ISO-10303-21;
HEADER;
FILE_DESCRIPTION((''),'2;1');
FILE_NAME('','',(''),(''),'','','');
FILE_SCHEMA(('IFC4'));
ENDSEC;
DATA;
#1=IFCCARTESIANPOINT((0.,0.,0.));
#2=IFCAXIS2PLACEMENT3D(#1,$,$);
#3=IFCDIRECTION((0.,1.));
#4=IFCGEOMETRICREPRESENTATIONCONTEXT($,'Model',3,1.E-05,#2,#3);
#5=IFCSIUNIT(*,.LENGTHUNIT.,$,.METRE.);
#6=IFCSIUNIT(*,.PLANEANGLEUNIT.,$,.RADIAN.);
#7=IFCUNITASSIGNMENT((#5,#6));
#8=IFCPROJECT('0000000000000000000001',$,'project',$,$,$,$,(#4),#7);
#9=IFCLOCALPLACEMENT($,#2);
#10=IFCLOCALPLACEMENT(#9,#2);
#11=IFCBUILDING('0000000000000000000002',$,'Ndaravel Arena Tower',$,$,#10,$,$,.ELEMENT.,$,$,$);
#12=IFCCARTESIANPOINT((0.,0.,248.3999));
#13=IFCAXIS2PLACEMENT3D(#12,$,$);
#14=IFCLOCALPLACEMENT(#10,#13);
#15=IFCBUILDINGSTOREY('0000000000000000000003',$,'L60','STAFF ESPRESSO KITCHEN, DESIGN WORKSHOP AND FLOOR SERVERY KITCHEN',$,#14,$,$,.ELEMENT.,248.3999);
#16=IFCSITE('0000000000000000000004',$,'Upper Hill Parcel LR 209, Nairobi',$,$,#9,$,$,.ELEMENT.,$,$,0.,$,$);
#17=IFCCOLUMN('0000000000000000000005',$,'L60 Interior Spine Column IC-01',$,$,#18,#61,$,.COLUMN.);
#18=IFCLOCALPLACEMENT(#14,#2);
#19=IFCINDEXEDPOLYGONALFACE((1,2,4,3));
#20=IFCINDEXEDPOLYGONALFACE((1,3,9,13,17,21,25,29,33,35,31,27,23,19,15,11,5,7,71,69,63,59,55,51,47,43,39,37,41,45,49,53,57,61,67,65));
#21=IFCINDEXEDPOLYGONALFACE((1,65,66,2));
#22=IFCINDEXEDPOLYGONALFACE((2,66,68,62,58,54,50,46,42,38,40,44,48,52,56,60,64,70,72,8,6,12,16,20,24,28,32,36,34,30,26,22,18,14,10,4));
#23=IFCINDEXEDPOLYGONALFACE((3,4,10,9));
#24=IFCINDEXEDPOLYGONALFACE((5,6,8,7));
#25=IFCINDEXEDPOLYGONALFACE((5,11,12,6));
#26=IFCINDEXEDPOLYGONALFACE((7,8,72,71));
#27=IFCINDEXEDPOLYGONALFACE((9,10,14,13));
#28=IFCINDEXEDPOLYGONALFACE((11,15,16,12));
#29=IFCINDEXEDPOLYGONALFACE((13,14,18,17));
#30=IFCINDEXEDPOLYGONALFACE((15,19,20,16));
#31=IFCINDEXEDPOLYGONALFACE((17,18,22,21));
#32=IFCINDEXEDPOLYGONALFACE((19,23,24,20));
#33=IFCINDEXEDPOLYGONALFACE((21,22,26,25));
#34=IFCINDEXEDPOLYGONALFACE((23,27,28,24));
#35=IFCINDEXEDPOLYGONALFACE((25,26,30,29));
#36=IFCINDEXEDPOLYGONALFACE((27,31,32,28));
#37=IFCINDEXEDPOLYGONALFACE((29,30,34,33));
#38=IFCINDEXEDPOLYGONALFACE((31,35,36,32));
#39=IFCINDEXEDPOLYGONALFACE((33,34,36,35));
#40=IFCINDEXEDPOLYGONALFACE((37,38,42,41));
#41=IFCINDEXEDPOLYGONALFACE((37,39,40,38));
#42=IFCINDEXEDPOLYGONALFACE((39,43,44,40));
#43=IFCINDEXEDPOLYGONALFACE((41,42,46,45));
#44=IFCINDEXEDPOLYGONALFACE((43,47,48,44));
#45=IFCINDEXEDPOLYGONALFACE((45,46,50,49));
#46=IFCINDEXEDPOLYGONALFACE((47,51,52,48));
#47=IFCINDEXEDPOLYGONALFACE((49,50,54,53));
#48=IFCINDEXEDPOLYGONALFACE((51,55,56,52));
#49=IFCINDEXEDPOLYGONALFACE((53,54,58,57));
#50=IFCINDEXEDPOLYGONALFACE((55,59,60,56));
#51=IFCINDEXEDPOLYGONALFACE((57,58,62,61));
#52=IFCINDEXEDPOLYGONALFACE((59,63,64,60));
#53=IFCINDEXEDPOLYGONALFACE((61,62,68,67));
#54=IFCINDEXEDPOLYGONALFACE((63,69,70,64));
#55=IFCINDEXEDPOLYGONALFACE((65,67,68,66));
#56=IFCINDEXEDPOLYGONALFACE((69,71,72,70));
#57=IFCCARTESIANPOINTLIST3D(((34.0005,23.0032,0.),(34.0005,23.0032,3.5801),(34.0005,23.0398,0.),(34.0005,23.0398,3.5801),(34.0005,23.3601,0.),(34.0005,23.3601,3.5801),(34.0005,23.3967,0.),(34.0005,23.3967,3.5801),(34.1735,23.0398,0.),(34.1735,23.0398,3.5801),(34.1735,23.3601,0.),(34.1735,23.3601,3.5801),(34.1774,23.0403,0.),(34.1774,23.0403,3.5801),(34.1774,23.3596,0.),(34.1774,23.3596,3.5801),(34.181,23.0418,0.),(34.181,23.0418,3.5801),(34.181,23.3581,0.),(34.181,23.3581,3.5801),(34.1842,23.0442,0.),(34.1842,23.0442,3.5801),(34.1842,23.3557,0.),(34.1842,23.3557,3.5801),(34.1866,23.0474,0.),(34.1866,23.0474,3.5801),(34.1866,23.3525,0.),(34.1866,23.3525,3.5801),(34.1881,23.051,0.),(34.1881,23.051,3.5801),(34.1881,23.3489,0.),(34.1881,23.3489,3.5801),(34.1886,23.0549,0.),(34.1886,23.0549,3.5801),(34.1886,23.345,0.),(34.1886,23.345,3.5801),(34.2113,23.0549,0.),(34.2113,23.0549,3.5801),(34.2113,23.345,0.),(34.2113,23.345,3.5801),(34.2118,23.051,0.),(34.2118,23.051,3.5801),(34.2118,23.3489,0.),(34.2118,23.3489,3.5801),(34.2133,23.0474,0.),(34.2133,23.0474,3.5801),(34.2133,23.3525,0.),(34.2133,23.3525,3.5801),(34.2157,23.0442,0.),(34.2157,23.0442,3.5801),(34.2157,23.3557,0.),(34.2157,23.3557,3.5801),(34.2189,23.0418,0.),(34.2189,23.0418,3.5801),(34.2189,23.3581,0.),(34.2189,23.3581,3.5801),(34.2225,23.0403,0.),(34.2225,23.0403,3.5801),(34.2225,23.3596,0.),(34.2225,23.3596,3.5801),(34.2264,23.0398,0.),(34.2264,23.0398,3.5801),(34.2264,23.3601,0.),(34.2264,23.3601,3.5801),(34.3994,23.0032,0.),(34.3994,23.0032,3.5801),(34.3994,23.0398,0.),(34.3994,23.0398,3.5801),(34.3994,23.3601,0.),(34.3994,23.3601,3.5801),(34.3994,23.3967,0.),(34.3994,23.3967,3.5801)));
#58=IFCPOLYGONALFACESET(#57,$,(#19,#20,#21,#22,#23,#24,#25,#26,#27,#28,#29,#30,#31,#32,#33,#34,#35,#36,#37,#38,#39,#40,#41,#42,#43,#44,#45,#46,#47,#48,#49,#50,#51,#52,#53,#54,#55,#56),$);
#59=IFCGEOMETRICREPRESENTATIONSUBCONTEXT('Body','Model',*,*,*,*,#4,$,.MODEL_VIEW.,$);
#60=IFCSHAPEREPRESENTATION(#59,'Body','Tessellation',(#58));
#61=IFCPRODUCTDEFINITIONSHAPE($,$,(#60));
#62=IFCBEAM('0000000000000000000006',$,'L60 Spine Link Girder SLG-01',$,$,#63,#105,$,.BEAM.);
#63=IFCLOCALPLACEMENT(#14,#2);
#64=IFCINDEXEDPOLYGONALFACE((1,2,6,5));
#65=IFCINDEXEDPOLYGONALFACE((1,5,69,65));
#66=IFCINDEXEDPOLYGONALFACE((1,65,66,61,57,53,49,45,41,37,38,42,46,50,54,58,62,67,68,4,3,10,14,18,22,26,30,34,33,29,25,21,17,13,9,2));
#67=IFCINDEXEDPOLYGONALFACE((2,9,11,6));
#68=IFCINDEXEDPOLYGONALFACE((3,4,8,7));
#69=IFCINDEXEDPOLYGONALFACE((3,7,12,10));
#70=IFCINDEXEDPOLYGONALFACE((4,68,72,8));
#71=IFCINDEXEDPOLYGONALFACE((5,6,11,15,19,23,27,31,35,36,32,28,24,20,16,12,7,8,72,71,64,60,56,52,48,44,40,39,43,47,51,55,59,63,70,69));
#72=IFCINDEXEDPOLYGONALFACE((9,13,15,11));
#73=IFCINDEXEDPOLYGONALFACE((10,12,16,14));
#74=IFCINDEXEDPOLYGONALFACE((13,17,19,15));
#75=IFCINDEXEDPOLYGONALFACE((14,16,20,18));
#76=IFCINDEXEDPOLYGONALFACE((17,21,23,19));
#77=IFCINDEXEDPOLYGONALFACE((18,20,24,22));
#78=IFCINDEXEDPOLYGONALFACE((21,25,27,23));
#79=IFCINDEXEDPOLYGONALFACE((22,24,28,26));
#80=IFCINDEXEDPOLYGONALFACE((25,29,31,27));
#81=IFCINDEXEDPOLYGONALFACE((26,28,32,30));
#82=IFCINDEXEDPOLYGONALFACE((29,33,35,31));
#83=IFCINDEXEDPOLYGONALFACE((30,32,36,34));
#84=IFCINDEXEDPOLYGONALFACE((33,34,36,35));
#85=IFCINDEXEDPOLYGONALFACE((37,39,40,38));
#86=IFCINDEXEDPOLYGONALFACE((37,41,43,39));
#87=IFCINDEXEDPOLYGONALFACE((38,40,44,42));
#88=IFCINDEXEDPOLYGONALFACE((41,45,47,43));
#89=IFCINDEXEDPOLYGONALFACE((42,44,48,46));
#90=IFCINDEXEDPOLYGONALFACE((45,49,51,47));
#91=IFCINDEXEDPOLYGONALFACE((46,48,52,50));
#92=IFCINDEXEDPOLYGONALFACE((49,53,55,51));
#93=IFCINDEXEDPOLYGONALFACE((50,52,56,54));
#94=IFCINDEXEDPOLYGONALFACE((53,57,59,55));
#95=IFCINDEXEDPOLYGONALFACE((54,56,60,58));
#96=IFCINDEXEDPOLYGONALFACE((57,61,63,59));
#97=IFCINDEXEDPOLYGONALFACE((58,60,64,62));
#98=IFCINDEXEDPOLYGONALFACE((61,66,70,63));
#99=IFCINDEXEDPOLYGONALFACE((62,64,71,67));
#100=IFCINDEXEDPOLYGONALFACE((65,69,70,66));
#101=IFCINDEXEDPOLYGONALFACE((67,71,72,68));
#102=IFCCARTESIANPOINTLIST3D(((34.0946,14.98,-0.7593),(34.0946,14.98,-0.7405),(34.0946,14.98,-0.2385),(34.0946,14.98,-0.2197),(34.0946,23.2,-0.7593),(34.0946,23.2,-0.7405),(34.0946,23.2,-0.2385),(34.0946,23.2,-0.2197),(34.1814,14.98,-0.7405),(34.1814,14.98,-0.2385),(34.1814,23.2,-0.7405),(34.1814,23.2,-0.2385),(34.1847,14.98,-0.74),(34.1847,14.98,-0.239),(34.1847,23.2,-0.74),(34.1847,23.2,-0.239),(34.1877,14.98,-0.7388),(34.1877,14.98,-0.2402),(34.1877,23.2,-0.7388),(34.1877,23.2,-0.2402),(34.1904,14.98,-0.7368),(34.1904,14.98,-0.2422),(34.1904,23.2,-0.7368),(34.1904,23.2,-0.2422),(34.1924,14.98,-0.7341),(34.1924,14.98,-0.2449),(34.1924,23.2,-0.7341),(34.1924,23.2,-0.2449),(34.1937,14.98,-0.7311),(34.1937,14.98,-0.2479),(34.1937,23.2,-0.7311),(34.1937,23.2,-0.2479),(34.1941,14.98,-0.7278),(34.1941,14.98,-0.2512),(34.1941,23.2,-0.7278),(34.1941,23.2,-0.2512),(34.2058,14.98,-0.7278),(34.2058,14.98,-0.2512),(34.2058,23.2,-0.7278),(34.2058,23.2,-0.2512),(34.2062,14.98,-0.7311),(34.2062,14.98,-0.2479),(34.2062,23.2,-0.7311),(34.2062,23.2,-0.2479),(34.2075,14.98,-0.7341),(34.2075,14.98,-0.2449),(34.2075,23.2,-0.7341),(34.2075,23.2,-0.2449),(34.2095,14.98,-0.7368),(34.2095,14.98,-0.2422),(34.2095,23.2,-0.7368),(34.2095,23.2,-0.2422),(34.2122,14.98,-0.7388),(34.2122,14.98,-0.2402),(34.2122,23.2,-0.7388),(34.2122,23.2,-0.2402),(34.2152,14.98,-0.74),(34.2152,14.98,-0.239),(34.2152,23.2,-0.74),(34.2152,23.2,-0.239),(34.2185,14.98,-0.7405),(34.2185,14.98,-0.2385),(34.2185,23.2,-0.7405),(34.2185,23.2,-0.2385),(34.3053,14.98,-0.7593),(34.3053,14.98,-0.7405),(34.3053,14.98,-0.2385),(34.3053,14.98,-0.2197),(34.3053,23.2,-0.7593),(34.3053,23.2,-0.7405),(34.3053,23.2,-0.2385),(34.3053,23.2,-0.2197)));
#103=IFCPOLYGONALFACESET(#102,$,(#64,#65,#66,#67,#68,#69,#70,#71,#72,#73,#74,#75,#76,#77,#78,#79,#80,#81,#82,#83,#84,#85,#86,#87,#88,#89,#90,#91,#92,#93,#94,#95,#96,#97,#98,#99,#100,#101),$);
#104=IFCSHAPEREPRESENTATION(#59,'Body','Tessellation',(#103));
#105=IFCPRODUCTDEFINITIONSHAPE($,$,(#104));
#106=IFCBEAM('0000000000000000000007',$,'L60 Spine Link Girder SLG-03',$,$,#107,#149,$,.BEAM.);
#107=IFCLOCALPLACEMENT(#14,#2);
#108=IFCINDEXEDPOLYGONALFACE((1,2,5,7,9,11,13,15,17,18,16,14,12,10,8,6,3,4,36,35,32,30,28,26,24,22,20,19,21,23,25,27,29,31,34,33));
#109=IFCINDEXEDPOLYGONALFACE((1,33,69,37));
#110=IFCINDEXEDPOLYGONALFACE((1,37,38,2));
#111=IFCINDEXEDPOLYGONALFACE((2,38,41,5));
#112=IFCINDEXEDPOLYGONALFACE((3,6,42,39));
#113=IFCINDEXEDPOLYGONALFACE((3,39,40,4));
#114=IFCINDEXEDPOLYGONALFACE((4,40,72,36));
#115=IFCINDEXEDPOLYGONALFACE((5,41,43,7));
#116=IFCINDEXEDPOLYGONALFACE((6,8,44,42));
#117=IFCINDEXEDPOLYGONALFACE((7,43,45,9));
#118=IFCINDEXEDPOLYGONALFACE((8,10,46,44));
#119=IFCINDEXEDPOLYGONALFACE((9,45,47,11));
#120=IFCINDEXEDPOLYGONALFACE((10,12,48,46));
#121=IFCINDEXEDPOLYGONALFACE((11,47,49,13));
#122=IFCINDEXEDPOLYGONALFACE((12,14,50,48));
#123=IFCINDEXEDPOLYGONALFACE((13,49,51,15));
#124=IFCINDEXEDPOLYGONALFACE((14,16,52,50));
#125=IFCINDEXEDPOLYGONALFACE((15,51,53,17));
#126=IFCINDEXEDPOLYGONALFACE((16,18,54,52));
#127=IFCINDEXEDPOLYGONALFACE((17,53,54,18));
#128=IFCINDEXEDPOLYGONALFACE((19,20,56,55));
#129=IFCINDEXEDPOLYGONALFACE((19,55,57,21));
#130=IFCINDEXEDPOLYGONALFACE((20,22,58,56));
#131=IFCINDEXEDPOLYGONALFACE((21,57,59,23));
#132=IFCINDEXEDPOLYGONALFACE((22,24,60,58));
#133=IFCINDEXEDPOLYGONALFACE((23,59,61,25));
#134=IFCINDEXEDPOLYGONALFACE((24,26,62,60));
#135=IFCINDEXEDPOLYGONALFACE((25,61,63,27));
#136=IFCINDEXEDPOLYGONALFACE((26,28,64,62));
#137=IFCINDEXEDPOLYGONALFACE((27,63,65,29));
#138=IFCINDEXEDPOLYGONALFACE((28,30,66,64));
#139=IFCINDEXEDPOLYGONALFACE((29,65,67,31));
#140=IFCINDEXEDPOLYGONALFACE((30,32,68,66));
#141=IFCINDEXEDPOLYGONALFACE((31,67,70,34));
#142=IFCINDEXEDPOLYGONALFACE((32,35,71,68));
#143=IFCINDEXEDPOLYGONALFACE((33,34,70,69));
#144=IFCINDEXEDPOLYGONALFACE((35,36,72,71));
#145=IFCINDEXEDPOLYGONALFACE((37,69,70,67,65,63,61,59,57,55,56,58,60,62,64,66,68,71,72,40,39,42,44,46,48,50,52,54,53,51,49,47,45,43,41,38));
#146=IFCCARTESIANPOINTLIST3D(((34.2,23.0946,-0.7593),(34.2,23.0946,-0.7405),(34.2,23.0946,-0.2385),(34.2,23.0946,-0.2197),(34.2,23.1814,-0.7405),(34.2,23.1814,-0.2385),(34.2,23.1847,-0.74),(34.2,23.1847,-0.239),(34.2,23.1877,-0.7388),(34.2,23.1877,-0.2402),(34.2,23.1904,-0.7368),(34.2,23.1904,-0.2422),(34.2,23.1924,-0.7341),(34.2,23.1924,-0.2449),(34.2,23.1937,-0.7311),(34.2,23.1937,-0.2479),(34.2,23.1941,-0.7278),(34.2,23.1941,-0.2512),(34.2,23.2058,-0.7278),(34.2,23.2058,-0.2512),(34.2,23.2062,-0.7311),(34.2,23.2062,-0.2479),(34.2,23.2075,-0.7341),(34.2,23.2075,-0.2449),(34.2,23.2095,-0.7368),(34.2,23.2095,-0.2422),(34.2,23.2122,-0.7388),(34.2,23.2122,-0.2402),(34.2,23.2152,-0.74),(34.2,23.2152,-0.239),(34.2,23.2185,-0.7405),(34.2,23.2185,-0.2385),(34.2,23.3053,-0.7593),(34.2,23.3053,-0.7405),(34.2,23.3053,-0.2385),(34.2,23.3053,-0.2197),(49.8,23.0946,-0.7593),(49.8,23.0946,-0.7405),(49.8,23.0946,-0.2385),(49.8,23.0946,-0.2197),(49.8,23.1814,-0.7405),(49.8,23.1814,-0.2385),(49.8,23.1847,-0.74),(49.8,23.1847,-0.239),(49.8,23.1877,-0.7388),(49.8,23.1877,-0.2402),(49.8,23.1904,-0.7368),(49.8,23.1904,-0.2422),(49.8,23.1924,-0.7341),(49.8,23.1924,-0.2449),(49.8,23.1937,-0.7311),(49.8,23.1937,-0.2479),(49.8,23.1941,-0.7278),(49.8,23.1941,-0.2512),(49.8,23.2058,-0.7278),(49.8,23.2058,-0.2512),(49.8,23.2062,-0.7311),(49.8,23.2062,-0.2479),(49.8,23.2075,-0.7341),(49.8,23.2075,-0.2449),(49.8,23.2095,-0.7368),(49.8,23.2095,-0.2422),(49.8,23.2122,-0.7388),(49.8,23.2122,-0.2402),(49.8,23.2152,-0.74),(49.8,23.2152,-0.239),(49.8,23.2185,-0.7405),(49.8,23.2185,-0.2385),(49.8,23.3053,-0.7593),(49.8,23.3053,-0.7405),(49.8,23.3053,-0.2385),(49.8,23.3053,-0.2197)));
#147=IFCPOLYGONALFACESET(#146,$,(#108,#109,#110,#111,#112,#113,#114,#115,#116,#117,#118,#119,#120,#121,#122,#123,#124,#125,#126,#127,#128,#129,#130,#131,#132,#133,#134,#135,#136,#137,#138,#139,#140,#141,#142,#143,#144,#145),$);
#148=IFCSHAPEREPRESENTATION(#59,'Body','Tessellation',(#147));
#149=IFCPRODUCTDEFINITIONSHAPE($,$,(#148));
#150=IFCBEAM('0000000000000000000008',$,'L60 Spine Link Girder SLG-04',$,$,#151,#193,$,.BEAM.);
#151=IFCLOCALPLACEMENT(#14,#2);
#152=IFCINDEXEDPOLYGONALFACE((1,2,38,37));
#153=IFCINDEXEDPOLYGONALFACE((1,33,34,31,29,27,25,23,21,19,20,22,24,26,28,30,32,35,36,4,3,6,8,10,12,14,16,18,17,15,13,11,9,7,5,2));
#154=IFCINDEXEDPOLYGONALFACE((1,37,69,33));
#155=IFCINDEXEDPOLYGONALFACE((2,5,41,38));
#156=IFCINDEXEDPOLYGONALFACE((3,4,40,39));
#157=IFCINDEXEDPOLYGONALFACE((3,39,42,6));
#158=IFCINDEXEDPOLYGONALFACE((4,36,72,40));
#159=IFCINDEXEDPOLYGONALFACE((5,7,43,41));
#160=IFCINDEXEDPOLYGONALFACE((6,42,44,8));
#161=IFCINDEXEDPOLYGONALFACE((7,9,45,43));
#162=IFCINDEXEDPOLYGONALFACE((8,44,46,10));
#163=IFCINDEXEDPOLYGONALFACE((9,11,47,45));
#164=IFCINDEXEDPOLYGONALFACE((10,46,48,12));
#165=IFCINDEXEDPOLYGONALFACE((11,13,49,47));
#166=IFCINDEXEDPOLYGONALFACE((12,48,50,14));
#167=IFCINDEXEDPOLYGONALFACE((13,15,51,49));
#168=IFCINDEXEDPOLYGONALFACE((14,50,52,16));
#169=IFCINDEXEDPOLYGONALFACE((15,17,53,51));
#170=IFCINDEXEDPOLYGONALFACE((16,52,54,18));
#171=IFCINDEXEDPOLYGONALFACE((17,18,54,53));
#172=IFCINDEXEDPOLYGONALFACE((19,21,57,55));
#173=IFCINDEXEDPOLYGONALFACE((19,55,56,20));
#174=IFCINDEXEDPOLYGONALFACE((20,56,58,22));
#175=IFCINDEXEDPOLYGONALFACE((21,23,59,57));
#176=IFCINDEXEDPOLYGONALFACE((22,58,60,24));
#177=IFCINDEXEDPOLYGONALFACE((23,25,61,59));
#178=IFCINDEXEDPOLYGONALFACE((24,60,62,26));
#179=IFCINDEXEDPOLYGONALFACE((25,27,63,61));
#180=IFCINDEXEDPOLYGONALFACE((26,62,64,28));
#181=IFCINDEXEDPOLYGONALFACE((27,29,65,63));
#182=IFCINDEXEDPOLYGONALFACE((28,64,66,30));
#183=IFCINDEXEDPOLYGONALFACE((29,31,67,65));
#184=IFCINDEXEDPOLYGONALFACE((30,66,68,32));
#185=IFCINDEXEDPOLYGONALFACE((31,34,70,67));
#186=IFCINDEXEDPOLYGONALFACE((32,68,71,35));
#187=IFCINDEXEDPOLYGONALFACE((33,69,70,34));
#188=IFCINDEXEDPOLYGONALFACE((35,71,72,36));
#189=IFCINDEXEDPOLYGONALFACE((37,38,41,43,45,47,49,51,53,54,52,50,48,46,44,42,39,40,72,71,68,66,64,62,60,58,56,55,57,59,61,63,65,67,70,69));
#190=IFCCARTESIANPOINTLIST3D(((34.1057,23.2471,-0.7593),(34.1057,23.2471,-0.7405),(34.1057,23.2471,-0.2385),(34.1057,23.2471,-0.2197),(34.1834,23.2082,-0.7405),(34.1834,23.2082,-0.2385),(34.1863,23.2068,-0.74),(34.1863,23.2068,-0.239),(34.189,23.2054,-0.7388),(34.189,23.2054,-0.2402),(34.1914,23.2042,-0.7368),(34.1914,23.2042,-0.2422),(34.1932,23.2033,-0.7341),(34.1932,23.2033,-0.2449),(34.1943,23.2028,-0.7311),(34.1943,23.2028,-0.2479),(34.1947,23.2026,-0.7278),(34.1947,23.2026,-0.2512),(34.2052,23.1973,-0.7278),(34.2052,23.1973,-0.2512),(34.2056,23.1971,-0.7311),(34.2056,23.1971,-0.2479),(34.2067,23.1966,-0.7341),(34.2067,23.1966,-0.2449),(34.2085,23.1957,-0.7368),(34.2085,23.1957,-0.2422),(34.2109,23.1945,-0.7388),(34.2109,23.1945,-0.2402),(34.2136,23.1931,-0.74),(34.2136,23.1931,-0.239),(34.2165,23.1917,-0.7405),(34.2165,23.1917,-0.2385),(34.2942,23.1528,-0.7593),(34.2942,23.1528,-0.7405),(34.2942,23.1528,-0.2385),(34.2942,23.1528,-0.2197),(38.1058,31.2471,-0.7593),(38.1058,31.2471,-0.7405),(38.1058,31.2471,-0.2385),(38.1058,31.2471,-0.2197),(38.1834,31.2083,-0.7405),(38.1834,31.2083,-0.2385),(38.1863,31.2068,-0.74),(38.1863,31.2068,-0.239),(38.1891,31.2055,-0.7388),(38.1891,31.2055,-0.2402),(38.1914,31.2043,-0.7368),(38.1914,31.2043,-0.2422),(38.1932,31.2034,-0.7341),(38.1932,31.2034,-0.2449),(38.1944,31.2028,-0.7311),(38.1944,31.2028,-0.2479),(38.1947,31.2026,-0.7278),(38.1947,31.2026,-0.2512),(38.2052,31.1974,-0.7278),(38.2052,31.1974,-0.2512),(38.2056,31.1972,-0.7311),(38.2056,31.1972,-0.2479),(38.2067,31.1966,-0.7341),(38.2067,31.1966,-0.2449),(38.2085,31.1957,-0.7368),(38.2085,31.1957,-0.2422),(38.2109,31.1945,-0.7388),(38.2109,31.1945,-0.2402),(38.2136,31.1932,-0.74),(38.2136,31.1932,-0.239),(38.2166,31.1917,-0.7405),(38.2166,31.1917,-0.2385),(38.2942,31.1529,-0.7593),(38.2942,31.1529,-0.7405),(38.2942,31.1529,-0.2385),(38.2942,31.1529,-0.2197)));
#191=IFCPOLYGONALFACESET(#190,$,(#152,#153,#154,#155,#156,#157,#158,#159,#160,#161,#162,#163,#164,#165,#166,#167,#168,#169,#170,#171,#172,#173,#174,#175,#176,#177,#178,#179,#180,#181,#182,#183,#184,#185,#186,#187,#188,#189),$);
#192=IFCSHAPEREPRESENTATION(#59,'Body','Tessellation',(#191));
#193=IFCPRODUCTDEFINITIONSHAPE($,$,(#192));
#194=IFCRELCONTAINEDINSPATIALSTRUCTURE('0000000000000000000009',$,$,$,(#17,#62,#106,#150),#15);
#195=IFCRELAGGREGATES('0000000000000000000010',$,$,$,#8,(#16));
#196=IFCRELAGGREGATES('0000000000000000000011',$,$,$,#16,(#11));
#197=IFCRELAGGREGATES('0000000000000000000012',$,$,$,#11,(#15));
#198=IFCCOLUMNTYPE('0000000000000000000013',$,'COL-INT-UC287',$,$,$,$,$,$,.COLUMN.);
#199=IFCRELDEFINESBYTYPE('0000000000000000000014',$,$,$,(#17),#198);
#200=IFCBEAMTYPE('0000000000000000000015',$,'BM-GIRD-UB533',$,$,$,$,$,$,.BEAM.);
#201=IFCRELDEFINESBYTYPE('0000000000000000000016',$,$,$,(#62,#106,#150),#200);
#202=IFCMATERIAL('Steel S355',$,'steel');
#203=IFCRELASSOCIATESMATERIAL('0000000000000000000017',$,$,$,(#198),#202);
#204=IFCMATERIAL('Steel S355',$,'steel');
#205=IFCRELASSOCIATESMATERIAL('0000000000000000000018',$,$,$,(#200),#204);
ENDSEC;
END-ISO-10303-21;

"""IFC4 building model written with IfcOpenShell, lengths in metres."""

from ifc_helpers import new_model, si_unit, direction, frame, origin, origin_2d, place, context, subcontext, project, spatial, i_section, extrude, material, material_profile, profile_set, type_object, element, save


model = new_model("IFC4")

# Units and contexts
model_context = context("Model", 3, precision=1e-05, world=origin(), true_north=direction((0.0, 1.0)))
body_context = subcontext(model_context, "Body", "Model", "MODEL_VIEW")
ifc_project = project(units=[si_unit("LENGTHUNIT", "METRE"), si_unit("PLANEANGLEUNIT", "RADIAN")], contexts=[model_context])

# Site, building, storey
site_placement = place(None, origin())
site = spatial("IfcSite", under=ifc_project, at=site_placement, Name="Upper Hill Parcel LR 209, Nairobi", CompositionType="ELEMENT", RefElevation=0.0)
building_placement = place(site_placement, origin())
building = spatial("IfcBuilding", under=site, at=building_placement, Name="Ndaravel Arena Tower", CompositionType="ELEMENT")
storey_placement = place(building_placement, frame((0.0, 0.0, 248.3999)))
storey = spatial("IfcBuildingStorey", under=building, at=storey_placement, Name="L60", Description="STAFF ESPRESSO KITCHEN, DESIGN WORKSHOP AND FLOOR SERVERY KITCHEN", CompositionType="ELEMENT", Elevation=248.3999)

# Column
ifc_material_1 = material(Name="Steel S355", Category="steel")
ifc_material_profile_1 = material_profile(ifc_material_1, i_section(OverallWidth=0.3989, OverallDepth=0.3936, WebThickness=0.0227, FlangeThickness=0.0366, FilletRadius=0.0151, at=origin_2d()), Name="UC 356x406x287")
ifc_profile_set_1 = profile_set([ifc_material_profile_1], Name="Steel S355")
column_type = type_object("IfcColumnType", Name="COL-INT-UC287", PredefinedType="COLUMN", material=ifc_profile_set_1)
column_placement = place(storey_placement, frame((34.2, 23.2, 0.0), z_axis=(0.0, 0.0, 1.0), x_axis=(1.0, 0.0, 0.0)))
element("IfcColumn", 1, at=column_placement, inside=storey, type_object=column_type, Name="L60 Interior Spine Column IC-01", PredefinedType="COLUMN", context=body_context, shape_type="SweptSolid", body=[
    extrude(i_section(OverallWidth=0.3989, OverallDepth=0.3936, WebThickness=0.0227, FlangeThickness=0.0366, FilletRadius=0.0151, at=origin_2d()), origin(), (0.0, 0.0, 1.0), 3.5801),
])

# Beams
ifc_material_2 = material(Name="Steel S355", Category="steel")
ifc_material_profile_2 = material_profile(ifc_material_2, i_section(OverallWidth=0.2107, OverallDepth=0.5396, WebThickness=0.0117, FlangeThickness=0.0188, FilletRadius=0.0127, at=origin_2d()), Name="UB 533x210x109")
ifc_profile_set_2 = profile_set([ifc_material_profile_2], Name="Steel S355")
beam_type = type_object("IfcBeamType", Name="BM-GIRD-UB533", PredefinedType="BEAM", material=ifc_profile_set_2)
beam_1_placement = place(storey_placement, frame((34.2, 14.98, -0.4895), z_axis=(0.0, 1.0, 0.0), x_axis=(-1.0, 0.0, 0.0)))
element("IfcBeam", 2, at=beam_1_placement, inside=storey, type_object=beam_type, Name="L60 Spine Link Girder SLG-01", PredefinedType="BEAM", context=body_context, shape_type="SweptSolid", body=[
    extrude(i_section(OverallWidth=0.2107, OverallDepth=0.5396, WebThickness=0.0117, FlangeThickness=0.0188, FilletRadius=0.0127, at=origin_2d()), origin(), (0.0, 0.0, 1.0), 8.22),
])
beam_2_placement = place(storey_placement, frame((34.2, 23.2, -0.4895), z_axis=(1.0, 0.0, 0.0), x_axis=(0.0, 1.0, 0.0)))
element("IfcBeam", 3, at=beam_2_placement, inside=storey, type_object=beam_type, Name="L60 Spine Link Girder SLG-03", PredefinedType="BEAM", context=body_context, shape_type="SweptSolid", body=[
    extrude(i_section(OverallWidth=0.2107, OverallDepth=0.5396, WebThickness=0.0117, FlangeThickness=0.0188, FilletRadius=0.0127, at=origin_2d()), origin(), (0.0, 0.0, 1.0), 15.6001),
])
beam_3_placement = place(storey_placement, frame((34.2, 23.2, -0.4895), z_axis=(0.447214, 0.894427, 0.0), x_axis=(-0.894427, 0.447214, 0.0)))
element("IfcBeam", 4, at=beam_3_placement, inside=storey, type_object=beam_type, Name="L60 Spine Link Girder SLG-04", PredefinedType="BEAM", context=body_context, shape_type="SweptSolid", body=[
    extrude(i_section(OverallWidth=0.2107, OverallDepth=0.5396, WebThickness=0.0117, FlangeThickness=0.0188, FilletRadius=0.0127, at=origin_2d()), origin(), (0.0, 0.0, 1.0), 8.9443),
])

save(model, "model.ifc")
